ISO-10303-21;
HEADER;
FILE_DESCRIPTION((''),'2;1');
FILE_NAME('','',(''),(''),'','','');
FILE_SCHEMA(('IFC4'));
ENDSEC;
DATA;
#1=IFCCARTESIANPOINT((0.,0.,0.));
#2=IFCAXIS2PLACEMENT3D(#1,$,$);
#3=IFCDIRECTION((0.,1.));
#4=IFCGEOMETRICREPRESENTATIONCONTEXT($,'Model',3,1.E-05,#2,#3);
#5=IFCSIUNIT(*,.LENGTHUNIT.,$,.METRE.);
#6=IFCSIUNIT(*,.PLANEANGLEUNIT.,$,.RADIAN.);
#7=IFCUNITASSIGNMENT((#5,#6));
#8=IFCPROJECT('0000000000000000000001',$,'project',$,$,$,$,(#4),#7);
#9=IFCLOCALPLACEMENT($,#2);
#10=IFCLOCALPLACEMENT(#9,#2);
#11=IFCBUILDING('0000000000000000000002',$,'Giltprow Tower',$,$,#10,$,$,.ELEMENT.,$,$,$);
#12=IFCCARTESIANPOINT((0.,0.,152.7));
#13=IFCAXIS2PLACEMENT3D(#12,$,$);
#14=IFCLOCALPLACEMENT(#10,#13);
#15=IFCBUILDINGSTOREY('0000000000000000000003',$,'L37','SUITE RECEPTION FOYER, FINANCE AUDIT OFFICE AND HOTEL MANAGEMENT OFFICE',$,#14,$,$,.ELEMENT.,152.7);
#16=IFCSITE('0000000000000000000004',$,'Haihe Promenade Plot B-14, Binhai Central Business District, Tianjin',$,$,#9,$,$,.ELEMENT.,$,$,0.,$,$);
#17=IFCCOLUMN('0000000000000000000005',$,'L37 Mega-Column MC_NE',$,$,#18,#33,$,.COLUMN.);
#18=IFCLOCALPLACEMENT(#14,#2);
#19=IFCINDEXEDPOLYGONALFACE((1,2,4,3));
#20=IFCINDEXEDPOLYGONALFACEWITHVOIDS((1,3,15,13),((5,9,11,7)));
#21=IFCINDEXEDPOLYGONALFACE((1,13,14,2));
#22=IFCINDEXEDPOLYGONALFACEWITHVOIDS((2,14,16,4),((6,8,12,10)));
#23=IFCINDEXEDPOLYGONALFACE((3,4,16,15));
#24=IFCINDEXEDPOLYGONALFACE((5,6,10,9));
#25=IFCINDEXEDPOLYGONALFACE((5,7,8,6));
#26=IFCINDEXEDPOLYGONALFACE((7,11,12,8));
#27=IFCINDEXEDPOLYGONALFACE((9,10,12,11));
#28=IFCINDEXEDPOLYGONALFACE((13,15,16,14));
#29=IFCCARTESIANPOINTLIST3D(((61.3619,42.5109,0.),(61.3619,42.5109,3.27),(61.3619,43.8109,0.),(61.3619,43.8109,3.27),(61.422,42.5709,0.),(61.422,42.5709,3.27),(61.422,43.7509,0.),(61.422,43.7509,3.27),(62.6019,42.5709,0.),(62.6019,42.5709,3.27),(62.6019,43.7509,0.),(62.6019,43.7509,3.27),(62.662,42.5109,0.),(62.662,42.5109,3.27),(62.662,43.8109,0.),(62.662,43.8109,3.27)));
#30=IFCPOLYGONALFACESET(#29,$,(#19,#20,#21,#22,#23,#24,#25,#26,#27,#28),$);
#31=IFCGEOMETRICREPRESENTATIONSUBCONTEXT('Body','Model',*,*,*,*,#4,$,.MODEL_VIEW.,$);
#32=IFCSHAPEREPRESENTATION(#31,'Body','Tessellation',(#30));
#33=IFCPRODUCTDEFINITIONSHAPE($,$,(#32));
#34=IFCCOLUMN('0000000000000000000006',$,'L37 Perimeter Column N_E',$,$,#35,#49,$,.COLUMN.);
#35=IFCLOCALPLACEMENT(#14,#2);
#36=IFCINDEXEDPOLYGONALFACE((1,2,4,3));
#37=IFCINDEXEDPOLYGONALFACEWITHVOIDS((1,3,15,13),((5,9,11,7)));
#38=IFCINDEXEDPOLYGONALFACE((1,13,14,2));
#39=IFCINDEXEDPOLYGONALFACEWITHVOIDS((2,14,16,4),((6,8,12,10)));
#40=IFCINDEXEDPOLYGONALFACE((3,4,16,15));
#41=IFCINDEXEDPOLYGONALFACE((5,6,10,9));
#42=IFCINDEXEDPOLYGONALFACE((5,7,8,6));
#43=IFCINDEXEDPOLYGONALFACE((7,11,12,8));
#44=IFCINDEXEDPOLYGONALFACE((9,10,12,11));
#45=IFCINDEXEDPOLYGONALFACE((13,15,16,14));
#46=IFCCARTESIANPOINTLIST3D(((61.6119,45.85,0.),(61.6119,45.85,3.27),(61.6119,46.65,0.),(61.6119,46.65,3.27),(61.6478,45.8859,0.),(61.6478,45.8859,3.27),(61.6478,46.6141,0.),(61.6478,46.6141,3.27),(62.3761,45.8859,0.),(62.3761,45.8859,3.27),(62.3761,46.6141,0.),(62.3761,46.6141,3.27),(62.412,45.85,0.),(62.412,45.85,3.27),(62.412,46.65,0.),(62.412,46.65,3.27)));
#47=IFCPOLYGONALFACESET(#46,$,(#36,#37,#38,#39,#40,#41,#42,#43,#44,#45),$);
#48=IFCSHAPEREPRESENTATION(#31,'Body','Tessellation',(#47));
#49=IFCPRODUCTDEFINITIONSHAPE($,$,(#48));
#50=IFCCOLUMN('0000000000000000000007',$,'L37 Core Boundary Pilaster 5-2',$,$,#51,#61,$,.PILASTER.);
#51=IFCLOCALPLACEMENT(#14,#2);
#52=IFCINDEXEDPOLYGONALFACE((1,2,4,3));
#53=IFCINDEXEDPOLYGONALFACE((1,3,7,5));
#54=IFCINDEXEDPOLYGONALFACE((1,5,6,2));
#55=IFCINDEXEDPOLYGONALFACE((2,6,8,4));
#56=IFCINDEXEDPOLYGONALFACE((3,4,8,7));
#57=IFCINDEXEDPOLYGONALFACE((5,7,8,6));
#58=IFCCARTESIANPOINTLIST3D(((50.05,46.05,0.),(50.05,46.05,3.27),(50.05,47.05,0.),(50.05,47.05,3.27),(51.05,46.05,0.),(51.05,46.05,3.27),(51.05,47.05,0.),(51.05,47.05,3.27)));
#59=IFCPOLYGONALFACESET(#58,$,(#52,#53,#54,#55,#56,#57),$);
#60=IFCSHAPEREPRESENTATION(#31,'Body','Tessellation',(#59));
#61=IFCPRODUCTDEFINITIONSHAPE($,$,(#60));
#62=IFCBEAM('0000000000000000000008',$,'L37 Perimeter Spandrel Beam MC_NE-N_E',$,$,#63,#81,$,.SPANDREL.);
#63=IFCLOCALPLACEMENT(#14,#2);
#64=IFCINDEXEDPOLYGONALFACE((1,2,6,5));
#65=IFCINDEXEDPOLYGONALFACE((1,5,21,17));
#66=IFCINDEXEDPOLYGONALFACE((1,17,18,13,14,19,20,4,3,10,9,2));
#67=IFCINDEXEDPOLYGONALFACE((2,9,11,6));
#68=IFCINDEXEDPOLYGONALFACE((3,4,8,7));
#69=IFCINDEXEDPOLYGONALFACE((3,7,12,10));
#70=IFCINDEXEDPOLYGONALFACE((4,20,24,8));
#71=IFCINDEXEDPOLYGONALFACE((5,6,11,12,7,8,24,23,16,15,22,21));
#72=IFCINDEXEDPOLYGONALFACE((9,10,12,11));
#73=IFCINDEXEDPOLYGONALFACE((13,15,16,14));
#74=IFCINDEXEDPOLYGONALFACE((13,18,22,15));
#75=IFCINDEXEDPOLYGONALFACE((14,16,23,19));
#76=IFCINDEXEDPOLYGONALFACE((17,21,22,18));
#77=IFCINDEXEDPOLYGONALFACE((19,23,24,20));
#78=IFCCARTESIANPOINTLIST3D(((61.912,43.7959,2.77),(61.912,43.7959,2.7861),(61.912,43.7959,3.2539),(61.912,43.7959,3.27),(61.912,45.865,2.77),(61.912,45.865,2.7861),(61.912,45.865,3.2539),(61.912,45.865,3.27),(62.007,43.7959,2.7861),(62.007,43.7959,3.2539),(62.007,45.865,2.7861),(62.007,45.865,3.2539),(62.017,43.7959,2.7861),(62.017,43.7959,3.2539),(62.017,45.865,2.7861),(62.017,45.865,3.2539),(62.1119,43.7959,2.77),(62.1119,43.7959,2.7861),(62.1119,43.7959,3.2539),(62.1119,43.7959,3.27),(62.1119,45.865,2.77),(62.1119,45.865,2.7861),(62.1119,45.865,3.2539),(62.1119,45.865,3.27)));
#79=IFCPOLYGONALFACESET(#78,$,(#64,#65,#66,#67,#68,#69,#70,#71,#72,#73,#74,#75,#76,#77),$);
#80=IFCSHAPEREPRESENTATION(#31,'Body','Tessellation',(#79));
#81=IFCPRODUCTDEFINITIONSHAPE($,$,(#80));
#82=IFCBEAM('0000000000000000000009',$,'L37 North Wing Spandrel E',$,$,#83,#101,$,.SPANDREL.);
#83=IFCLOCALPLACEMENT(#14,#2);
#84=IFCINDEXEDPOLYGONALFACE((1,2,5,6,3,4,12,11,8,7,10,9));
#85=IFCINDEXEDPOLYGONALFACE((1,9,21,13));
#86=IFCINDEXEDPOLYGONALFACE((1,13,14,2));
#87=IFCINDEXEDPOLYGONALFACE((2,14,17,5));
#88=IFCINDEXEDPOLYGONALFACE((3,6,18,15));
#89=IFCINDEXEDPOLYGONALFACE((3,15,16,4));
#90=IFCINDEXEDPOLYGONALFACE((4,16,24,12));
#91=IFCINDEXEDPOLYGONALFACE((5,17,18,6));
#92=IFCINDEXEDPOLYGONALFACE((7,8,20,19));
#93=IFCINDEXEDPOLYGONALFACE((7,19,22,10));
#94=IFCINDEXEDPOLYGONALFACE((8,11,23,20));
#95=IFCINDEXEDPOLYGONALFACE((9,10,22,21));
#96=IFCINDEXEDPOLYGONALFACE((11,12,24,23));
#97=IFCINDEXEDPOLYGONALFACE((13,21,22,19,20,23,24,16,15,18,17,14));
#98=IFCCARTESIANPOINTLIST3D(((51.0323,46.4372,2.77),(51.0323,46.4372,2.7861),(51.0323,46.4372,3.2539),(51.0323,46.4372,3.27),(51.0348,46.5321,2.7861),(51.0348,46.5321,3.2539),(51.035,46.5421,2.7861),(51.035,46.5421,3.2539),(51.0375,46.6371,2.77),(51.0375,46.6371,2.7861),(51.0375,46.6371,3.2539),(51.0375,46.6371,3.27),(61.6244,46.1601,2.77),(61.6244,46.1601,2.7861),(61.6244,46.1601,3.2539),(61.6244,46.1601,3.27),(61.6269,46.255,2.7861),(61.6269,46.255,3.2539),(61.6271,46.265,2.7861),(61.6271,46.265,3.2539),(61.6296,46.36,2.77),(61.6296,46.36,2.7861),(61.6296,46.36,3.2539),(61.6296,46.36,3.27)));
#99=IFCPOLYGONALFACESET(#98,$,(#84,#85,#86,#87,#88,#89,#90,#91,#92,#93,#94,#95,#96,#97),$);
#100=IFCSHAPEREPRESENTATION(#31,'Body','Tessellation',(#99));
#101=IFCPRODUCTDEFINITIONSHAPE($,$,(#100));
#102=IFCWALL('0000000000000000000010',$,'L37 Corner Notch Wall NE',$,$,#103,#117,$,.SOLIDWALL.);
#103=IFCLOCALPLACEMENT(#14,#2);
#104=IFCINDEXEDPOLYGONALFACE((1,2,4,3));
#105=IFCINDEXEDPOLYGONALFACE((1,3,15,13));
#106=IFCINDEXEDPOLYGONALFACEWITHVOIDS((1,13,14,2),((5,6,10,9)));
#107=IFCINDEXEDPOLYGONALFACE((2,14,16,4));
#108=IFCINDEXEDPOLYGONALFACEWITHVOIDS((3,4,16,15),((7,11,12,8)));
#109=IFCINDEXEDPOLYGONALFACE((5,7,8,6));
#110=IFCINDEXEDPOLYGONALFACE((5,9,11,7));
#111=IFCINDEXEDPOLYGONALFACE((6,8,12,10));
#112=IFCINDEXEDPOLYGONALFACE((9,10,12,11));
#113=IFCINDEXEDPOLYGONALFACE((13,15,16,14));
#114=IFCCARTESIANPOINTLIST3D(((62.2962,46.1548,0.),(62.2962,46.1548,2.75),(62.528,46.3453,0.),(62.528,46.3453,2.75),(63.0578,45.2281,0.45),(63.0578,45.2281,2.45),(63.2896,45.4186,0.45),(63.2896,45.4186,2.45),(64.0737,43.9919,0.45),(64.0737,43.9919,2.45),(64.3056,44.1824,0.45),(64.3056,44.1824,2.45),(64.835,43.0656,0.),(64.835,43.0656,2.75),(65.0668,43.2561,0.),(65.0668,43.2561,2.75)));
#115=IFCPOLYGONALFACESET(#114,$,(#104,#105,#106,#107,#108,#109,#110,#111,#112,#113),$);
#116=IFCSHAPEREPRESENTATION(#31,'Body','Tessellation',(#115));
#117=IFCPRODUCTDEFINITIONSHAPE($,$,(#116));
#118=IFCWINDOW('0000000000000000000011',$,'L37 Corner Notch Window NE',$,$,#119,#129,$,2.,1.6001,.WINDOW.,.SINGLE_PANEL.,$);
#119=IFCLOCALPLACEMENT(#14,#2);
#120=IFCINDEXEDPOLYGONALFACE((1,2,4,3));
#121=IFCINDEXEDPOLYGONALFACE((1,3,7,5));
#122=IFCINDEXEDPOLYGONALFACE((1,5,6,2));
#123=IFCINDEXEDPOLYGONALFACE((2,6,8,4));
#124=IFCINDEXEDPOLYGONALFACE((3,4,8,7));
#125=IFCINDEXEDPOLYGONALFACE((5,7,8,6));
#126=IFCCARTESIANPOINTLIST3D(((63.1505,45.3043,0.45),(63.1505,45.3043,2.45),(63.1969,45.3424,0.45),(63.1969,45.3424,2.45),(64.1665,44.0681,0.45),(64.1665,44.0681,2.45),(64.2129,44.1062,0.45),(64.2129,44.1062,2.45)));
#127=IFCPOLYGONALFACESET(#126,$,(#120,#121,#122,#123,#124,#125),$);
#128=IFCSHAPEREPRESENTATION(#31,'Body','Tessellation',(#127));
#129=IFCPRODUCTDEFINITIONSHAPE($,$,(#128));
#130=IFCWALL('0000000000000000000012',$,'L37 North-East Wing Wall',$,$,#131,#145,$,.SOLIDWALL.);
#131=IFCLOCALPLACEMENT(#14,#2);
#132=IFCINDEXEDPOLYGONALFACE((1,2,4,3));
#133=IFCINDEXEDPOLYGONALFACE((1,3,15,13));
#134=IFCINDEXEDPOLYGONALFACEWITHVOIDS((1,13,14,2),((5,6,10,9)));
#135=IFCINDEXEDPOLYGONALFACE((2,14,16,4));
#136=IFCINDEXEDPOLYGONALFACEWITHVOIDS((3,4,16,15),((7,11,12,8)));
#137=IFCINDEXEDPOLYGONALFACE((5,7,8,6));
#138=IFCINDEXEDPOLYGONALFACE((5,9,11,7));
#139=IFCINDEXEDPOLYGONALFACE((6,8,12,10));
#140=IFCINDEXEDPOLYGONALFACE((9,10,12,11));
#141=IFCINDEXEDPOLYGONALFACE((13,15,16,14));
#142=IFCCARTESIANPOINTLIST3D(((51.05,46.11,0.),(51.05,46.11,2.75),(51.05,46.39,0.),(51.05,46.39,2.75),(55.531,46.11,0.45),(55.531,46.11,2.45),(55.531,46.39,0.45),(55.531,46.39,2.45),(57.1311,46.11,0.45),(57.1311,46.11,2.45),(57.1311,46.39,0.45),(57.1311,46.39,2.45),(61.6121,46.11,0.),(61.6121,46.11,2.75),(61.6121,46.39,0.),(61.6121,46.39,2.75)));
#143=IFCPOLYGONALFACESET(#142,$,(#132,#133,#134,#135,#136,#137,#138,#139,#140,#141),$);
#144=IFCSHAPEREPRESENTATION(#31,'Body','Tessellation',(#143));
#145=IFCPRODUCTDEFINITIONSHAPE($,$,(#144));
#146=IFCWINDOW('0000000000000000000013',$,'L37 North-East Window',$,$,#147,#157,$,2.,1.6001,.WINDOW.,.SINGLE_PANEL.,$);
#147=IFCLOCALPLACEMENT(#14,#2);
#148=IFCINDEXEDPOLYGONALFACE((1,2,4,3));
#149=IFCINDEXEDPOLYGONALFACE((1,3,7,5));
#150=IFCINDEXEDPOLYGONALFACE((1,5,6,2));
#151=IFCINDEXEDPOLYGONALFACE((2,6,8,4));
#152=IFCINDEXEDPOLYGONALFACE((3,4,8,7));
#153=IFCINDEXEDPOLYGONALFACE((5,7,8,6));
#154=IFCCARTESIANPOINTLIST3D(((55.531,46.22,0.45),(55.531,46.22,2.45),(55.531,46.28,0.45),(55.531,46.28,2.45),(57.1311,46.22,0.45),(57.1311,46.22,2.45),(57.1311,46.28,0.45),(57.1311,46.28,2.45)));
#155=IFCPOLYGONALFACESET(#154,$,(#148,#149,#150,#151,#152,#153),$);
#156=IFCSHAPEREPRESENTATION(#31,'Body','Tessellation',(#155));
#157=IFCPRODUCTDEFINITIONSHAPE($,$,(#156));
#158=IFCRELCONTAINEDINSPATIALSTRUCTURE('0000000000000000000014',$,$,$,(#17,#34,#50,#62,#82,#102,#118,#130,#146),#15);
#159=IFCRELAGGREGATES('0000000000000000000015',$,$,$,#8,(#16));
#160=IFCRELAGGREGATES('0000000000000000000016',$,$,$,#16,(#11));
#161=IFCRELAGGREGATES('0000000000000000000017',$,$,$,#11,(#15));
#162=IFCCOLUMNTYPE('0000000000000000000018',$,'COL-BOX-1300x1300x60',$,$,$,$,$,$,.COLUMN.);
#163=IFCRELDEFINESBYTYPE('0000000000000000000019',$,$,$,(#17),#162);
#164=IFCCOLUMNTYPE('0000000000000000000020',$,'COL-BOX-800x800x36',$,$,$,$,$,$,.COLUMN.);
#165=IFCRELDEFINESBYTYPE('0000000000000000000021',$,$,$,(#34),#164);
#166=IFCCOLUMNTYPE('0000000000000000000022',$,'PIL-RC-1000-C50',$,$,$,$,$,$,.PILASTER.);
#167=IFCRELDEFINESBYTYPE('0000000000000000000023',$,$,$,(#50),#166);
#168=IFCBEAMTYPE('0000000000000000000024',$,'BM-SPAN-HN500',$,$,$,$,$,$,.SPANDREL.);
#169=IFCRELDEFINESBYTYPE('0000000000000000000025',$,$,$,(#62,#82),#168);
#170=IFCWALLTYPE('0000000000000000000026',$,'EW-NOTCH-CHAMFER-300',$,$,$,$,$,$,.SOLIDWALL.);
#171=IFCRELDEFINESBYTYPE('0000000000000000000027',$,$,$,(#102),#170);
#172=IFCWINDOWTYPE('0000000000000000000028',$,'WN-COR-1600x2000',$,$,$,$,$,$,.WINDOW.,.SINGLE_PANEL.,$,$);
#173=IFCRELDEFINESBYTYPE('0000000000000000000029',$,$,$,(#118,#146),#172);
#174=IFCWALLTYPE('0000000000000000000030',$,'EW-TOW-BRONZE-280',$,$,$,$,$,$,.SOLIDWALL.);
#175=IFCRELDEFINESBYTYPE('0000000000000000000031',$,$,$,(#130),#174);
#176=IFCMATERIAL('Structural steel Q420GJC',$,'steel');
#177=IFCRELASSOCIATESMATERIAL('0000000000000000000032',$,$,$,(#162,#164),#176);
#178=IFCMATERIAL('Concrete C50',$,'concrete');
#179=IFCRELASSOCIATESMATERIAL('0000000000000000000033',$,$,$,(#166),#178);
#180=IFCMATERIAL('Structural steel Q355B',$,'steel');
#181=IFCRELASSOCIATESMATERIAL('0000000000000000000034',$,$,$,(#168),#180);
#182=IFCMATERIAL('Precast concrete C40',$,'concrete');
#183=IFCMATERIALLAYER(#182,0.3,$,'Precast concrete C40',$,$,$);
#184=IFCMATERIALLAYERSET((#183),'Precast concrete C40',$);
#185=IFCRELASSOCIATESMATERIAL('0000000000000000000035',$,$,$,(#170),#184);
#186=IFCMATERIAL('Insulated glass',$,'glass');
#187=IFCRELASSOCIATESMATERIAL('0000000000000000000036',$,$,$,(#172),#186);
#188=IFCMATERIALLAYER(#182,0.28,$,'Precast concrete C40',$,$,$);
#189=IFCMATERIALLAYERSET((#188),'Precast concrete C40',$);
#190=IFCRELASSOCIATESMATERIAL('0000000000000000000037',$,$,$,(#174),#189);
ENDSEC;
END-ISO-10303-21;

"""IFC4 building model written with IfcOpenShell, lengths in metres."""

from ifc_helpers import new_model, si_unit, direction, frame, frame_2d, origin, origin_2d, place, context, subcontext, project, spatial, rectangle, hollow_rectangle, i_section, extrude, source, transform, mapped, material, layer, layer_set, material_profile, profile_set, type_object, element, fill, save


model = new_model("IFC4")

# Units and contexts
model_context = context("Model", 3, precision=1e-05, world=origin(), true_north=direction((0.0, 1.0)))
body_context = subcontext(model_context, "Body", "Model", "MODEL_VIEW")
ifc_project = project(units=[si_unit("LENGTHUNIT", "METRE"), si_unit("PLANEANGLEUNIT", "RADIAN")], contexts=[model_context])

# Site, building, storey
site_placement = place(None, origin())
site = spatial("IfcSite", under=ifc_project, at=site_placement, Name="Haihe Promenade Plot B-14, Binhai Central Business District, Tianjin", CompositionType="ELEMENT", RefElevation=0.0)
building_placement = place(site_placement, origin())
building = spatial("IfcBuilding", under=site, at=building_placement, Name="Giltprow Tower", CompositionType="ELEMENT")
storey_placement = place(building_placement, frame((0.0, 0.0, 152.7)))
storey = spatial("IfcBuildingStorey", under=building, at=storey_placement, Name="L37", Description="SUITE RECEPTION FOYER, FINANCE AUDIT OFFICE AND HOTEL MANAGEMENT OFFICE", CompositionType="ELEMENT", Elevation=152.7)

# Columns
ifc_material_1 = material(Name="Structural steel Q420GJC", Category="steel")
ifc_material_profile_1 = material_profile(ifc_material_1, hollow_rectangle(XDim=1.3, YDim=1.3, WallThickness=0.0601, at=origin_2d()), Name="BOX 1300x1300x60")
ifc_profile_set_1 = profile_set([ifc_material_profile_1], Name="Structural steel Q420GJC")
column_type_1 = type_object("IfcColumnType", Name="COL-BOX-1300x1300x60", PredefinedType="COLUMN", material=ifc_profile_set_1)
shared_shape_1 = source(origin(), body_context, "Body", "SweptSolid", [
    extrude(hollow_rectangle(XDim=1.3, YDim=1.3, WallThickness=0.0601, at=origin_2d()), origin(), (0.0, 0.0, 1.0), 3.27),
])
column_1_placement = place(storey_placement, frame((62.012, 43.1609, 0.0), z_axis=(0.0, 0.0, 1.0), x_axis=(1.0, 0.0, 0.0)))
element("IfcColumn", 1, at=column_1_placement, inside=storey, type_object=column_type_1, Name="L37 Mega-Column MC_NE", PredefinedType="COLUMN", context=body_context, shape_type="MappedRepresentation", body=[
    mapped(shared_shape_1, transform((0.0, 0.0, 0.0), x_axis=(1.0, 0.0, 0.0), y_axis=(0.0, 1.0, 0.0), z_axis=(0.0, 0.0, 1.0), scale=1.0)),
])
ifc_material_profile_2 = material_profile(ifc_material_1, hollow_rectangle(XDim=0.8, YDim=0.8, WallThickness=0.0359, at=origin_2d()), Name="BOX 800x800x36")
ifc_profile_set_2 = profile_set([ifc_material_profile_2], Name="Structural steel Q420GJC")
column_type_2 = type_object("IfcColumnType", Name="COL-BOX-800x800x36", PredefinedType="COLUMN", material=ifc_profile_set_2)
shared_shape_2 = source(origin(), body_context, "Body", "SweptSolid", [
    extrude(hollow_rectangle(XDim=0.8, YDim=0.8, WallThickness=0.0359, at=origin_2d()), origin(), (0.0, 0.0, 1.0), 3.27),
])
column_2_placement = place(storey_placement, frame((62.012, 46.25, 0.0), z_axis=(0.0, 0.0, 1.0), x_axis=(1.0, 0.0, 0.0)))
element("IfcColumn", 2, at=column_2_placement, inside=storey, type_object=column_type_2, Name="L37 Perimeter Column N_E", PredefinedType="COLUMN", context=body_context, shape_type="MappedRepresentation", body=[
    mapped(shared_shape_2, transform((0.0, 0.0, 0.0), x_axis=(1.0, 0.0, 0.0), y_axis=(0.0, 1.0, 0.0), z_axis=(0.0, 0.0, 1.0), scale=1.0)),
])
ifc_material_2 = material(Name="Concrete C50", Category="concrete")
ifc_material_profile_3 = material_profile(ifc_material_2, rectangle(XDim=1.0, YDim=1.0, at=origin_2d()), Name="RC 1000x1000")
ifc_profile_set_3 = profile_set([ifc_material_profile_3], Name="Concrete C50")
column_type_3 = type_object("IfcColumnType", Name="PIL-RC-1000-C50", PredefinedType="PILASTER", material=ifc_profile_set_3)
shared_shape_3 = source(origin(), body_context, "Body", "SweptSolid", [
    extrude(rectangle(XDim=1.0, YDim=1.0, at=origin_2d()), origin(), (0.0, 0.0, 1.0), 3.27),
])
column_3_placement = place(storey_placement, frame((50.55, 46.55, 0.0), z_axis=(0.0, 0.0, 1.0), x_axis=(1.0, 0.0, 0.0)))
element("IfcColumn", 3, at=column_3_placement, inside=storey, type_object=column_type_3, Name="L37 Core Boundary Pilaster 5-2", PredefinedType="PILASTER", context=body_context, shape_type="MappedRepresentation", body=[
    mapped(shared_shape_3, transform((0.0, 0.0, 0.0), x_axis=(1.0, 0.0, 0.0), y_axis=(0.0, 1.0, 0.0), z_axis=(0.0, 0.0, 1.0), scale=1.0)),
])

# Beams
ifc_material_3 = material(Name="Structural steel Q355B", Category="steel")
ifc_material_profile_4 = material_profile(ifc_material_3, i_section(OverallWidth=0.2, OverallDepth=0.5, WebThickness=0.01, FlangeThickness=0.0161, at=origin_2d()), Name="HN 500x200x10x16")
ifc_profile_set_4 = profile_set([ifc_material_profile_4], Name="Structural steel Q355B")
beam_type = type_object("IfcBeamType", Name="BM-SPAN-HN500", PredefinedType="SPANDREL", material=ifc_profile_set_4)
shared_shape_4 = source(origin(), body_context, "Body", "SweptSolid", [
    extrude(i_section(OverallWidth=0.2, OverallDepth=0.5, WebThickness=0.01, FlangeThickness=0.0161, at=origin_2d()), origin(), (0.0, 0.0, 1.0), 2.0691),
])
beam_1_placement = place(storey_placement, frame((62.012, 43.7959, 3.02), z_axis=(0.0, 1.0, 0.0), x_axis=(-1.0, 0.0, 0.0)))
element("IfcBeam", 4, at=beam_1_placement, inside=storey, type_object=beam_type, Name="L37 Perimeter Spandrel Beam MC_NE-N_E", PredefinedType="SPANDREL", context=body_context, shape_type="MappedRepresentation", body=[
    mapped(shared_shape_4, transform((0.0, 0.0, 0.0), x_axis=(1.0, 0.0, 0.0), y_axis=(0.0, 1.0, 0.0), z_axis=(0.0, 0.0, 1.0), scale=1.0)),
])
shared_shape_5 = source(origin(), body_context, "Body", "SweptSolid", [
    extrude(i_section(OverallWidth=0.2, OverallDepth=0.5, WebThickness=0.01, FlangeThickness=0.0161, at=origin_2d()), origin(), (0.0, 0.0, 1.0), 10.5957),
])
beam_2_placement = place(storey_placement, frame((51.0349, 46.5371, 3.02), z_axis=(0.999658, -0.026152, 0.0), x_axis=(0.026152, 0.999658, 0.0)))
element("IfcBeam", 5, at=beam_2_placement, inside=storey, type_object=beam_type, Name="L37 North Wing Spandrel E", PredefinedType="SPANDREL", context=body_context, shape_type="MappedRepresentation", body=[
    mapped(shared_shape_5, transform((0.0, 0.0, 0.0), x_axis=(1.0, 0.0, 0.0), y_axis=(0.0, 1.0, 0.0), z_axis=(0.0, 0.0, 1.0), scale=1.0)),
])

# Walls, openings, windows
ifc_material_4 = material(Name="Precast concrete C40", Category="concrete")
ifc_layer_1 = layer(ifc_material_4, 0.3, Name="Precast concrete C40")
ifc_layer_set_1 = layer_set([ifc_layer_1], Name="Precast concrete C40")
wall_type_1 = type_object("IfcWallType", Name="EW-NOTCH-CHAMFER-300", PredefinedType="SOLIDWALL", material=ifc_layer_set_1)
wall_1_placement = place(storey_placement, frame((64.9509, 43.1609, 0.0), z_axis=(0.0, 0.0, 1.0), x_axis=(-0.634939, 0.772563, 0.0)))
wall_1 = element("IfcWall", 6, at=wall_1_placement, inside=storey, type_object=wall_type_1, Name="L37 Corner Notch Wall NE", PredefinedType="SOLIDWALL", context=body_context, shape_type="SweptSolid", body=[
    extrude(rectangle(XDim=3.9985, YDim=0.3, at=frame_2d((1.9993, 0.0))), origin(), (0.0, 0.0, 1.0), 2.75),
])
opening_1_placement = place(wall_1_placement, frame((1.199, 0.0, 0.45)))
opening_1 = element("IfcOpeningElement", 7, at=opening_1_placement, cuts=wall_1, PredefinedType="OPENING", context=body_context, shape_type="SweptSolid", body=[
    extrude(rectangle(XDim=1.6001, YDim=2.0, at=frame_2d((0.8, 1.0))), frame((0.0, 0.1599, 0.0), z_axis=(0.0, -1.0, 0.0), x_axis=(1.0, 0.0, 0.0)), (0.0, 0.0, 1.0), 0.3201),
])
ifc_material_5 = material(Name="Insulated glass", Category="glass")
window_type = type_object("IfcWindowType", Name="WN-COR-1600x2000", PartitioningType="SINGLE_PANEL", PredefinedType="WINDOW", material=ifc_material_5)
shared_shape_6 = source(origin(), body_context, "Body", "SweptSolid", [
    extrude(rectangle(XDim=1.6001, YDim=2.0, at=frame_2d((0.8, 1.0))), frame((0.0, 0.03, 0.0), z_axis=(0.0, -1.0, 0.0), x_axis=(1.0, 0.0, 0.0)), (0.0, 0.0, 1.0), 0.0601),
])
window_1_placement = place(opening_1_placement, origin())
window_1 = element("IfcWindow", 8, at=window_1_placement, inside=storey, type_object=window_type, Name="L37 Corner Notch Window NE", OverallHeight=2.0, OverallWidth=1.6001, PartitioningType="SINGLE_PANEL", PredefinedType="WINDOW", context=body_context, shape_type="MappedRepresentation", body=[
    mapped(shared_shape_6, transform((0.0, 0.0, 0.0), x_axis=(1.0, 0.0, 0.0), y_axis=(0.0, 1.0, 0.0), z_axis=(0.0, 0.0, 1.0), scale=1.0)),
])
fill(opening_1, window_1)
ifc_layer_2 = layer(ifc_material_4, 0.28, Name="Precast concrete C40")
ifc_layer_set_2 = layer_set([ifc_layer_2], Name="Precast concrete C40")
wall_type_2 = type_object("IfcWallType", Name="EW-TOW-BRONZE-280", PredefinedType="SOLIDWALL", material=ifc_layer_set_2)
wall_2_placement = place(storey_placement, frame((51.05, 46.25, 0.0), z_axis=(0.0, 0.0, 1.0), x_axis=(1.0, 0.0, 0.0)))
wall_2 = element("IfcWall", 9, at=wall_2_placement, inside=storey, type_object=wall_type_2, Name="L37 North-East Wing Wall", PredefinedType="SOLIDWALL", context=body_context, shape_type="SweptSolid", body=[
    extrude(rectangle(XDim=10.562, YDim=0.28, at=frame_2d((5.281, 0.0))), origin(), (0.0, 0.0, 1.0), 2.75),
])
opening_2_placement = place(wall_2_placement, frame((4.481, 0.0, 0.45)))
opening_2 = element("IfcOpeningElement", 10, at=opening_2_placement, cuts=wall_2, PredefinedType="OPENING", context=body_context, shape_type="SweptSolid", body=[
    extrude(rectangle(XDim=1.6001, YDim=2.0, at=frame_2d((0.8, 1.0))), frame((0.0, 0.1499, 0.0), z_axis=(0.0, -1.0, 0.0), x_axis=(1.0, 0.0, 0.0)), (0.0, 0.0, 1.0), 0.3),
])
window_2_placement = place(opening_2_placement, origin())
window_2 = element("IfcWindow", 11, at=window_2_placement, inside=storey, type_object=window_type, Name="L37 North-East Window", OverallHeight=2.0, OverallWidth=1.6001, PartitioningType="SINGLE_PANEL", PredefinedType="WINDOW", context=body_context, shape_type="MappedRepresentation", body=[
    mapped(shared_shape_6, transform((0.0, 0.0, 0.0), x_axis=(1.0, 0.0, 0.0), y_axis=(0.0, 1.0, 0.0), z_axis=(0.0, 0.0, 1.0), scale=1.0)),
])
fill(opening_2, window_2)

save(model, "model.ifc")
